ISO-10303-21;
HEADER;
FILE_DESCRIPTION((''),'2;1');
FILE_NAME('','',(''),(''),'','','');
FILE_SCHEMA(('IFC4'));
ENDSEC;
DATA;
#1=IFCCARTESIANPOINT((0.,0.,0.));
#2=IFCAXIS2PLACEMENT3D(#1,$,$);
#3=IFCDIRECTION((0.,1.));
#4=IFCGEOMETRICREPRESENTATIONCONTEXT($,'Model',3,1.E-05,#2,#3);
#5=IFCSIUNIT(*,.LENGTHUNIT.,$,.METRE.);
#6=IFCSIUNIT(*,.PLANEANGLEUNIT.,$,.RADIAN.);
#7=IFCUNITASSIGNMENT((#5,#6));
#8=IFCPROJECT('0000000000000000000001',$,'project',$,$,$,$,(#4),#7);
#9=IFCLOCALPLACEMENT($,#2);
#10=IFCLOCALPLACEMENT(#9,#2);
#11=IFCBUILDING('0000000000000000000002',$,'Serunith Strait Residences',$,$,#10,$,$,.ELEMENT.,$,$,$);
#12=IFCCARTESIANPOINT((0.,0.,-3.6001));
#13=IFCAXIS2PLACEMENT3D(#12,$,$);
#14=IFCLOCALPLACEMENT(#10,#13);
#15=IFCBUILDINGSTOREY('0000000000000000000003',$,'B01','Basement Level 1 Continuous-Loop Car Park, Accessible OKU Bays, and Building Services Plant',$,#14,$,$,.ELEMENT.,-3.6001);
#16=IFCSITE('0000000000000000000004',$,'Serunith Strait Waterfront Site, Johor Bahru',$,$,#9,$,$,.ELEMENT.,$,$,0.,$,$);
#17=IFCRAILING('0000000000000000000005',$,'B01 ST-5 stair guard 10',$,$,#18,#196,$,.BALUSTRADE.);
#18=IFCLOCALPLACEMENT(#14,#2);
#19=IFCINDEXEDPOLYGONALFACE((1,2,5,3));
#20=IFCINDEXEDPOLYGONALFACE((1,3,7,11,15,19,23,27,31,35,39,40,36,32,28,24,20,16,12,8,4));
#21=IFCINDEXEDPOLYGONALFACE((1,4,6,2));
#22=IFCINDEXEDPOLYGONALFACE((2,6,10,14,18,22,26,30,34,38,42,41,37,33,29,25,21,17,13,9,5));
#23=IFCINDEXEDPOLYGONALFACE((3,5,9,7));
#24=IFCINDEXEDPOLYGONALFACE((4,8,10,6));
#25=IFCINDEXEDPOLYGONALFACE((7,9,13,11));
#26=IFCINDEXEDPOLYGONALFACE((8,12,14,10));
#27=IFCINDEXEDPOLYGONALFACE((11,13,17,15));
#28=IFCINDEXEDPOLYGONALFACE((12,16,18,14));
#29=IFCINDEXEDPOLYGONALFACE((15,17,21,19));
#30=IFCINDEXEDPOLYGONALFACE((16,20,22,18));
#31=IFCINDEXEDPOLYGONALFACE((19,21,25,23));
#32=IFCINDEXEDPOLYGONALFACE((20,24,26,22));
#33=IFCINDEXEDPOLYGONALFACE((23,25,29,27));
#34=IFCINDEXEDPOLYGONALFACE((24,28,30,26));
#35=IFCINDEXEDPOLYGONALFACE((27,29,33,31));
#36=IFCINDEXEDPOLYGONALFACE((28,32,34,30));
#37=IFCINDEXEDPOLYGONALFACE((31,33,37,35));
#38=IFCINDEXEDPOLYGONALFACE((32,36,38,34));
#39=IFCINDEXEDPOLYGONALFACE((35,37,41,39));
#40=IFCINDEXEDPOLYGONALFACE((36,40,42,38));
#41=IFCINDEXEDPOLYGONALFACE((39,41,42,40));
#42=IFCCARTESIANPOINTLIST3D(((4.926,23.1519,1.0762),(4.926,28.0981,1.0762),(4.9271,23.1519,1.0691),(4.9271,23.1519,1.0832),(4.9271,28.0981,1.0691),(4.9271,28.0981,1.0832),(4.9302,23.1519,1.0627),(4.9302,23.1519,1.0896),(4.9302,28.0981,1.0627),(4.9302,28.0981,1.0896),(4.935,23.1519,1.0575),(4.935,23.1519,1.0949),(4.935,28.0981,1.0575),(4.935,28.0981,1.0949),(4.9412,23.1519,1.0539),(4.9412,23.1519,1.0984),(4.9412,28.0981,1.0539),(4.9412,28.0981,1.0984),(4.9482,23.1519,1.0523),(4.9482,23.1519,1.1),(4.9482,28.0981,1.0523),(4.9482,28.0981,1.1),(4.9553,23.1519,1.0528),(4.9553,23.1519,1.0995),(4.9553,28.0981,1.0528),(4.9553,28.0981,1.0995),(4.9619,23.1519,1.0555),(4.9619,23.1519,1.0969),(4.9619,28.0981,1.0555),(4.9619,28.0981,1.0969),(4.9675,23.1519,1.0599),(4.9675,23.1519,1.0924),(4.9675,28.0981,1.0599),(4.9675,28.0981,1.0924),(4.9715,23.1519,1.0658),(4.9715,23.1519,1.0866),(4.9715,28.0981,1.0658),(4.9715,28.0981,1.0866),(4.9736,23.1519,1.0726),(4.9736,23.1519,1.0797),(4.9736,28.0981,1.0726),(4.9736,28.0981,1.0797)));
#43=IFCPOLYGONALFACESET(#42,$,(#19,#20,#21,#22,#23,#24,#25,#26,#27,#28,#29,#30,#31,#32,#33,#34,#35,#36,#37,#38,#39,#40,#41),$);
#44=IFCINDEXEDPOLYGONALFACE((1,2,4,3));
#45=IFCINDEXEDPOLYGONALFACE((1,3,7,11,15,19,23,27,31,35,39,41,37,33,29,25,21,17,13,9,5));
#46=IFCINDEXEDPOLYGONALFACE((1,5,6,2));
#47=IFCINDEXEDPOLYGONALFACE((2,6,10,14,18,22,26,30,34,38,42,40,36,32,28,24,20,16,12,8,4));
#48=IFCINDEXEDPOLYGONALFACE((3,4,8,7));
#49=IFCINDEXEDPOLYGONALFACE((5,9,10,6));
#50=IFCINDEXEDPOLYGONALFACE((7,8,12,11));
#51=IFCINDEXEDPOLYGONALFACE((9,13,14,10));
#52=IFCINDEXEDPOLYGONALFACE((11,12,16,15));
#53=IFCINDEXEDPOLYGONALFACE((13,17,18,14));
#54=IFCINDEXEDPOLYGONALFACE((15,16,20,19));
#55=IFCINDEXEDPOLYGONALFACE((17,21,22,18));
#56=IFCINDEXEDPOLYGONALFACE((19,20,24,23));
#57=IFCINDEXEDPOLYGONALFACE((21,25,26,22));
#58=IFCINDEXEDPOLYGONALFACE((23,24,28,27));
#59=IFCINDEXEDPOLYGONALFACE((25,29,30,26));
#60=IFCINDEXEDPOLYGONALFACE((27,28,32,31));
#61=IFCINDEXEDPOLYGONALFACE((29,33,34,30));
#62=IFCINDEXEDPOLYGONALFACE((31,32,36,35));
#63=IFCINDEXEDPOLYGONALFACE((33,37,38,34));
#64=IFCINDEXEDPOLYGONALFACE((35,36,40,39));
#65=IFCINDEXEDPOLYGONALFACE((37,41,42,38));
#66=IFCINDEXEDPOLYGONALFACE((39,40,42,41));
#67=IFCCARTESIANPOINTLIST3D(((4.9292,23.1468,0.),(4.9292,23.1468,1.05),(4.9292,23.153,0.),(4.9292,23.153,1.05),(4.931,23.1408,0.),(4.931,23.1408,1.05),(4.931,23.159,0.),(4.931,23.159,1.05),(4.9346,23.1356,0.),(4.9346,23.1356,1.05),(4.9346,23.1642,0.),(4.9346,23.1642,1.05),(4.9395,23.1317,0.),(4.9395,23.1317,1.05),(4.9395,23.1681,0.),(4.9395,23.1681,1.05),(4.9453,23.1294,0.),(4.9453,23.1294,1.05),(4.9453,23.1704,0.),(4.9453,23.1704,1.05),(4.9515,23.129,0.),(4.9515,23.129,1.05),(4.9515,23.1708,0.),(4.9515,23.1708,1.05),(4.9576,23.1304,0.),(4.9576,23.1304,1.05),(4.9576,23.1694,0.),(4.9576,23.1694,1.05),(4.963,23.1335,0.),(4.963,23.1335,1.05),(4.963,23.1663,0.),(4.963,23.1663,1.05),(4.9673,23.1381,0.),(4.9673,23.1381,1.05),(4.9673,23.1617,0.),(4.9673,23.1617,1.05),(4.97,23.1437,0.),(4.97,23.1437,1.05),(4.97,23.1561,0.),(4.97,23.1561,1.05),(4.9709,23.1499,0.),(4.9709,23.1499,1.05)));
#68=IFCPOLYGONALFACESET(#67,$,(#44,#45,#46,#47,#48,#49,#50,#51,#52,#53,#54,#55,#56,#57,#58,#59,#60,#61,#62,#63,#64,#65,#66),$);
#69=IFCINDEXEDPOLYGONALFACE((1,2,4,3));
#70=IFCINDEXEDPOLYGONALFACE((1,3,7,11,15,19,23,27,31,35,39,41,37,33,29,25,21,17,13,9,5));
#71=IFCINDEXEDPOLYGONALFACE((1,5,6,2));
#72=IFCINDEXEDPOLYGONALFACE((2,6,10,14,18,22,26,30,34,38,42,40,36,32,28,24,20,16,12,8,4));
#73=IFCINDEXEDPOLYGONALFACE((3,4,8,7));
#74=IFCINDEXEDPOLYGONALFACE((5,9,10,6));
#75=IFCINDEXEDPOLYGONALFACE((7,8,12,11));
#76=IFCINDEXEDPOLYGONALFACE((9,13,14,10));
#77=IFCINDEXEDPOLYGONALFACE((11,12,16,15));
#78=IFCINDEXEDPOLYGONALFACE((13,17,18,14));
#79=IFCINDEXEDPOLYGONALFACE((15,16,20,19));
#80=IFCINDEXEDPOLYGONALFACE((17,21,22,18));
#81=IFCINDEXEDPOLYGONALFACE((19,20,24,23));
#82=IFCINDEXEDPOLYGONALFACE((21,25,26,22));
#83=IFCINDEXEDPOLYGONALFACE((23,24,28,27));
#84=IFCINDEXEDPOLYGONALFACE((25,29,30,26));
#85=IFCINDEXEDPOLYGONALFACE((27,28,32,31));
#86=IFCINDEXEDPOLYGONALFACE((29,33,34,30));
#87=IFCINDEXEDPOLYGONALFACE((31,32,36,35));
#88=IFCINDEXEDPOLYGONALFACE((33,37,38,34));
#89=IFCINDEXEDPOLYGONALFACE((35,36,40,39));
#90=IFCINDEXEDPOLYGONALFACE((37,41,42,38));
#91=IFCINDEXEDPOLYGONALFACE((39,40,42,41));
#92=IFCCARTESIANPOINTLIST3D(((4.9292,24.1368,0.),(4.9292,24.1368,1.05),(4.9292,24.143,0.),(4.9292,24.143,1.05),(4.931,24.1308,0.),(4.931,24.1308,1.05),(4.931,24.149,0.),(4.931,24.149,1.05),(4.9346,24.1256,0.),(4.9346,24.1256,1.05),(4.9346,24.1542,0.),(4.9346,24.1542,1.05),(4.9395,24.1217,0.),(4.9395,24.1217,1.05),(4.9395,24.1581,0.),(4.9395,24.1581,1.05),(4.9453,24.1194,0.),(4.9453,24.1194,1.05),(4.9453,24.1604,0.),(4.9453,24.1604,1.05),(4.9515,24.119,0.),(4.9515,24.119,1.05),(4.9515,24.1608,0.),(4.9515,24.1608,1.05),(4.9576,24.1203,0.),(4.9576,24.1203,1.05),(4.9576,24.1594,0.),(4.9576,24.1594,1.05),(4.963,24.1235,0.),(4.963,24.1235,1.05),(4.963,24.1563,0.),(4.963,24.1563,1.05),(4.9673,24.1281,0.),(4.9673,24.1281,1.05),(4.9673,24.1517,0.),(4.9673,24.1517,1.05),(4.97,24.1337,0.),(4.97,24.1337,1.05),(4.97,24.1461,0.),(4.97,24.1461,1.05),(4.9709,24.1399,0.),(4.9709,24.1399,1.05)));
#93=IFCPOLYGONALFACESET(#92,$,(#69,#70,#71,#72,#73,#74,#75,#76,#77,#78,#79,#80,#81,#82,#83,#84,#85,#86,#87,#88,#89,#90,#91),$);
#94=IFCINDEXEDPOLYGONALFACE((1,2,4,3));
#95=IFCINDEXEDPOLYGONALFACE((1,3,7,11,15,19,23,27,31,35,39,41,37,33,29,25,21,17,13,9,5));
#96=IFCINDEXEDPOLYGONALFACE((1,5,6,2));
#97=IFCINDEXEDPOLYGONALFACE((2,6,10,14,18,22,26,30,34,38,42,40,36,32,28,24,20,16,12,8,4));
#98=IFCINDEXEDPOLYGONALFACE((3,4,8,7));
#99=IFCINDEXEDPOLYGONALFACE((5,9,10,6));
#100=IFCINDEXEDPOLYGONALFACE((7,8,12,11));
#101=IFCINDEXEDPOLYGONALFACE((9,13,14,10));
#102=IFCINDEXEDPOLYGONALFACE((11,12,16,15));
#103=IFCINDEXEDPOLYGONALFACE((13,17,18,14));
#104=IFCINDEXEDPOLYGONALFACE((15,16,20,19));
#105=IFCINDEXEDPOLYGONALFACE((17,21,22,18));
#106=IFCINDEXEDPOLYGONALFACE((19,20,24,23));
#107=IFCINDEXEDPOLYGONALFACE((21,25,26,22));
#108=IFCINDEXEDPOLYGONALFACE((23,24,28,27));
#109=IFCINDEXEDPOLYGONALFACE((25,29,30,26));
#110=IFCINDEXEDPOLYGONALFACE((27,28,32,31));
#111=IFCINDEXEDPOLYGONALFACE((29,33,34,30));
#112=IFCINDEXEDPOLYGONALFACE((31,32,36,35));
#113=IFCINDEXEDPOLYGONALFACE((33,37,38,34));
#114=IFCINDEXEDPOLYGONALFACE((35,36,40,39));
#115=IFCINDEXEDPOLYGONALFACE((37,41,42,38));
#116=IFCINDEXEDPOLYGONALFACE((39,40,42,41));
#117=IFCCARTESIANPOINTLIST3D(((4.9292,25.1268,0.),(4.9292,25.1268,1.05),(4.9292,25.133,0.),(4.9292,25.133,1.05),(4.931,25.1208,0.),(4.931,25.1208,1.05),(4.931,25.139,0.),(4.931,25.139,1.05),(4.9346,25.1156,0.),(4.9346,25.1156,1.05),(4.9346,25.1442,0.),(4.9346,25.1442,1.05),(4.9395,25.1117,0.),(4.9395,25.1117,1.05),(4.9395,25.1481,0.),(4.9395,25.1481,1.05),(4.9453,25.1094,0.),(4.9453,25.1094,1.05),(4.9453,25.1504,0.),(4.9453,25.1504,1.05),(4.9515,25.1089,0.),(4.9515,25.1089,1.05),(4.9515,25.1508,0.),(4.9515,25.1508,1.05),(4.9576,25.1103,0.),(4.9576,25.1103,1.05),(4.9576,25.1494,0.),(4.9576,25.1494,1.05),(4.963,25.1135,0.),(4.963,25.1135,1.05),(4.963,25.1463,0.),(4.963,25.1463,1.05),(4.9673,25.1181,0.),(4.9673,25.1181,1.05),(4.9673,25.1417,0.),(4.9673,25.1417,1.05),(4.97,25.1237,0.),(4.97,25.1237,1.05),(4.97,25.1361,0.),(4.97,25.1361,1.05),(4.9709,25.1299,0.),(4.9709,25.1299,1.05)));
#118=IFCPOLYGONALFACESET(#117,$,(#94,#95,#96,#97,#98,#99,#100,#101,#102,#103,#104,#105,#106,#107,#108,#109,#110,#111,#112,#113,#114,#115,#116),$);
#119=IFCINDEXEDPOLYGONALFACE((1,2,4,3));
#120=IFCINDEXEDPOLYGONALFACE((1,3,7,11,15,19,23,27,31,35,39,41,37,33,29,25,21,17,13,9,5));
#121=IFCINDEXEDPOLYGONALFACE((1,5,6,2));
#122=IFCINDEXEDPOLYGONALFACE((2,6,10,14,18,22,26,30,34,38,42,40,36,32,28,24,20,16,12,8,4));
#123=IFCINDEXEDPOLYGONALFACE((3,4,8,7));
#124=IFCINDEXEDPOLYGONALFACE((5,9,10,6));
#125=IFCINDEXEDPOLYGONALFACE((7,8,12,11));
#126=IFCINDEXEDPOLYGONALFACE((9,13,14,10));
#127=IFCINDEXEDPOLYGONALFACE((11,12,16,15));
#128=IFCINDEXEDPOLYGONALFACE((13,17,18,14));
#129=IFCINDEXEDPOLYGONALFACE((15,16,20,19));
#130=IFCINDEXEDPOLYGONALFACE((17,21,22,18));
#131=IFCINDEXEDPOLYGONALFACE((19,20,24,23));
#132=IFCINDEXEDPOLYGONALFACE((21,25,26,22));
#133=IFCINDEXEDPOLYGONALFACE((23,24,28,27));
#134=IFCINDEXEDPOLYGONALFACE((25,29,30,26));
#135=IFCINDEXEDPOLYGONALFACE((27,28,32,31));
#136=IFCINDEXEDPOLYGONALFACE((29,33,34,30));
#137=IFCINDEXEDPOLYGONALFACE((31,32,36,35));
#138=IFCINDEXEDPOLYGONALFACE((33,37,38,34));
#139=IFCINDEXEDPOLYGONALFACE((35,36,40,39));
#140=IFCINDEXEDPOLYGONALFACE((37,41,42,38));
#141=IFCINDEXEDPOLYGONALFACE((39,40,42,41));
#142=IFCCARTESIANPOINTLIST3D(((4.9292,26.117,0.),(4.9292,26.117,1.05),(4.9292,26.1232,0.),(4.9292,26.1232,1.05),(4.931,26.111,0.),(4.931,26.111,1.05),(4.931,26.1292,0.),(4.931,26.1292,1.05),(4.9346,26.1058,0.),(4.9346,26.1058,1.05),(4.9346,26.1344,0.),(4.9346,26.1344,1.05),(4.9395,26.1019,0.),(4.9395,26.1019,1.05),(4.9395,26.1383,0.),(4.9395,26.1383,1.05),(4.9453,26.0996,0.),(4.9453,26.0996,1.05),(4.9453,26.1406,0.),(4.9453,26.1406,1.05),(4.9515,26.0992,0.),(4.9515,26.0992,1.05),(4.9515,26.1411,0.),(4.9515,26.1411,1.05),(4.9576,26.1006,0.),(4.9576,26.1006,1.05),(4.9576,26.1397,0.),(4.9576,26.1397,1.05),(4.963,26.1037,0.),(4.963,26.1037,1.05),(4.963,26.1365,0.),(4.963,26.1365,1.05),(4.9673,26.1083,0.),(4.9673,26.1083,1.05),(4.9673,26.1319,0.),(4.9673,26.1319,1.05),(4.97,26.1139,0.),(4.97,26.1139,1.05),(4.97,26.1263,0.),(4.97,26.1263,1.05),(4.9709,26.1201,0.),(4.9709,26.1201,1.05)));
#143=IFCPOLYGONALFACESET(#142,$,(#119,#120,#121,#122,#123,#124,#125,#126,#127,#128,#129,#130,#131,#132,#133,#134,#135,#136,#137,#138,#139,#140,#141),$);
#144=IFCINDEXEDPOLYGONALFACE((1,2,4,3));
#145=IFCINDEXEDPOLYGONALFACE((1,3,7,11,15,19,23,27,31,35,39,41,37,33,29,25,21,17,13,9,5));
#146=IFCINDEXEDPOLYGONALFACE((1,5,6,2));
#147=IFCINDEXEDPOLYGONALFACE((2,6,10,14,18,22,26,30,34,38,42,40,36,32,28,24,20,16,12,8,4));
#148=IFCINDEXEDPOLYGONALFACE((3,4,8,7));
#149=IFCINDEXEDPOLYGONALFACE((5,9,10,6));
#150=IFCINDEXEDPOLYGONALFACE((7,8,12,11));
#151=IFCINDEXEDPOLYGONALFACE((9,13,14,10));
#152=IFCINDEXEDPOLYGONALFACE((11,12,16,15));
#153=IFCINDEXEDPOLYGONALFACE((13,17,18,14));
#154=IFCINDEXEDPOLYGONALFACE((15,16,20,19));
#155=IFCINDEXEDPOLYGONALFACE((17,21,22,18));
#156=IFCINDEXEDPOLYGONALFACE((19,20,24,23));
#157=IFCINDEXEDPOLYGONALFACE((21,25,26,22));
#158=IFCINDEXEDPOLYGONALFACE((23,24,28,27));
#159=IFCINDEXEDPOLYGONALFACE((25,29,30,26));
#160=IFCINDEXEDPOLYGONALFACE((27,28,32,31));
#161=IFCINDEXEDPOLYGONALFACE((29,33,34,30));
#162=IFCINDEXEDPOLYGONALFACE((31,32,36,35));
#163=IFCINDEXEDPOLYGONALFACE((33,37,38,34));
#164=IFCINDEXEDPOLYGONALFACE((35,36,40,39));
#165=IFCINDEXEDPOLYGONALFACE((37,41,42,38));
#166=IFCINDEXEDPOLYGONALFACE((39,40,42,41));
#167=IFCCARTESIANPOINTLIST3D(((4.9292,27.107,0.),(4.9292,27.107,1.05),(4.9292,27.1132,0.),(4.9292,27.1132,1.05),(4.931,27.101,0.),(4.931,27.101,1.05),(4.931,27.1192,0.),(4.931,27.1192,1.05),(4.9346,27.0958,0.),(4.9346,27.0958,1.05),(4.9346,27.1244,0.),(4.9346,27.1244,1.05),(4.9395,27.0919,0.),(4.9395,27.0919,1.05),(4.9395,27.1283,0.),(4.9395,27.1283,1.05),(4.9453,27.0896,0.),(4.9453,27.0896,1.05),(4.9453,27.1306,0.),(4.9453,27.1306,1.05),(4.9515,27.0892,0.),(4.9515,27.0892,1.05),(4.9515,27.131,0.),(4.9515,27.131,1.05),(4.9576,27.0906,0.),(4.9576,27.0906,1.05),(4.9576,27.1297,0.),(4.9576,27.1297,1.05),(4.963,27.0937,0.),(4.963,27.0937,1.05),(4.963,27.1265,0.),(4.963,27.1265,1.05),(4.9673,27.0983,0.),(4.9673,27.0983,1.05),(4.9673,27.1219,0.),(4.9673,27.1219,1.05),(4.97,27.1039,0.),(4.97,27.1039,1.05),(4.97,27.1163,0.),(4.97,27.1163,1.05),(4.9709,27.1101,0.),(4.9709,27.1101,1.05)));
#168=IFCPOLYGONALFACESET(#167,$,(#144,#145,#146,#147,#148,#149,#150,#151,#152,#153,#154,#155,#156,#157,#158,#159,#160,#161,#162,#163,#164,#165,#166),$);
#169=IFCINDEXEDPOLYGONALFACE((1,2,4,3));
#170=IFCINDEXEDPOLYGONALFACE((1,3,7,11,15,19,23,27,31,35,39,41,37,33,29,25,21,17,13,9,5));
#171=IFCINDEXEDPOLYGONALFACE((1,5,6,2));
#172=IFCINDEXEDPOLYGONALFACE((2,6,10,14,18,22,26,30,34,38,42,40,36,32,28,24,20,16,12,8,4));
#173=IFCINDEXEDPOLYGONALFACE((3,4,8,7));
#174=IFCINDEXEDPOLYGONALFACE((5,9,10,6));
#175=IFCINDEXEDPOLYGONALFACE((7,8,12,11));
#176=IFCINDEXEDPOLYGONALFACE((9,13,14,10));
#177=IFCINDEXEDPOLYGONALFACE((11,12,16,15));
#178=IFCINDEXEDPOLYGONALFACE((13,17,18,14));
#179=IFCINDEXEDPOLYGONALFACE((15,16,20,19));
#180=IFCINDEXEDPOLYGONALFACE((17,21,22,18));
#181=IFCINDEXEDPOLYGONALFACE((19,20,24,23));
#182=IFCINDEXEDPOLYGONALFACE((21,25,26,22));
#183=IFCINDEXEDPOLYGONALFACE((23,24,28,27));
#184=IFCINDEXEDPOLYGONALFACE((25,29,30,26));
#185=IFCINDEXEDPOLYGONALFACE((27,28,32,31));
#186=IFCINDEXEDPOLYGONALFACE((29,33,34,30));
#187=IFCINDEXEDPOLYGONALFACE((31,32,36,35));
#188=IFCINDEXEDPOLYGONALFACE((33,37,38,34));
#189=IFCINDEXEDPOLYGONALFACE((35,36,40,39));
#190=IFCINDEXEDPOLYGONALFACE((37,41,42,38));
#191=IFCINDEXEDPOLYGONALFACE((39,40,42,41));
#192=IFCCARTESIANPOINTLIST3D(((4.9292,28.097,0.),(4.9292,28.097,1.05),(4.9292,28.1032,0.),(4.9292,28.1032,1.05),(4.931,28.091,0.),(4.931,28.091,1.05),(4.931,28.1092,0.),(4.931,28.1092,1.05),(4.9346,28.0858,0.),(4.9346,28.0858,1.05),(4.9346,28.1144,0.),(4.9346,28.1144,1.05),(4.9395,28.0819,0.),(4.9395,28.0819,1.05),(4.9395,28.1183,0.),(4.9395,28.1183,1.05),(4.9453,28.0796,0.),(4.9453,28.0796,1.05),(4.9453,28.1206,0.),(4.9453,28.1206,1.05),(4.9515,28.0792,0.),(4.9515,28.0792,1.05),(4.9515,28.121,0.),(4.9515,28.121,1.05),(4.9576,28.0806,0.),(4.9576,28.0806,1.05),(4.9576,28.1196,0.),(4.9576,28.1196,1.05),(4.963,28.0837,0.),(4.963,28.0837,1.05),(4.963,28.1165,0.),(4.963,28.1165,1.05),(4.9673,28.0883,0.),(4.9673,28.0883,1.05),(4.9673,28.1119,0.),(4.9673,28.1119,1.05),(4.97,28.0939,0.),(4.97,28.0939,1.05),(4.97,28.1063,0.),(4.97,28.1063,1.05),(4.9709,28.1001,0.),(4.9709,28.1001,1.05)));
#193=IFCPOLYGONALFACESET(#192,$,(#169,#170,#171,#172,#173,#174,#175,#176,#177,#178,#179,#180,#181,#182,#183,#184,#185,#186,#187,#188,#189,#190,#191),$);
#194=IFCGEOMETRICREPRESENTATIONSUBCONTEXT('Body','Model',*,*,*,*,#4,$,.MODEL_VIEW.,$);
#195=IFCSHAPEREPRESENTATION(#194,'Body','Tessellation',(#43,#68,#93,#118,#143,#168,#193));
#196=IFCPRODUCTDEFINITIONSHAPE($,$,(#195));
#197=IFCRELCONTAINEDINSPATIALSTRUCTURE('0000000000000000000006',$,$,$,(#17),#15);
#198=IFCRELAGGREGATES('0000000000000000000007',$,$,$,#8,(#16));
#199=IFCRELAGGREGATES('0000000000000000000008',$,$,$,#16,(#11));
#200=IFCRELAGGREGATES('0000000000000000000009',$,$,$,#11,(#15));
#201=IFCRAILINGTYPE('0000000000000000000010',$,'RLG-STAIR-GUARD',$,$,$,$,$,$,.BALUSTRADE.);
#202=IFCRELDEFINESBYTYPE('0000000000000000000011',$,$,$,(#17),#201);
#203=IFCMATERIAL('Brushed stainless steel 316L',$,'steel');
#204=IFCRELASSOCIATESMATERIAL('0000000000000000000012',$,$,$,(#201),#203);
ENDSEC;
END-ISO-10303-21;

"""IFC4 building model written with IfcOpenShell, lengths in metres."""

from ifc_helpers import new_model, si_unit, direction, frame, origin, origin_2d, place, context, subcontext, project, spatial, circle, extrude, material, type_object, element, save


model = new_model("IFC4")

# Units and contexts
model_context = context("Model", 3, precision=1e-05, world=origin(), true_north=direction((0.0, 1.0)))
body_context = subcontext(model_context, "Body", "Model", "MODEL_VIEW")
ifc_project = project(units=[si_unit("LENGTHUNIT", "METRE"), si_unit("PLANEANGLEUNIT", "RADIAN")], contexts=[model_context])

# Site, building, storey
site_placement = place(None, origin())
site = spatial("IfcSite", under=ifc_project, at=site_placement, Name="Serunith Strait Waterfront Site, Johor Bahru", CompositionType="ELEMENT", RefElevation=0.0)
building_placement = place(site_placement, origin())
building = spatial("IfcBuilding", under=site, at=building_placement, Name="Serunith Strait Residences", CompositionType="ELEMENT")
storey_placement = place(building_placement, frame((0.0, 0.0, -3.6001)))
storey = spatial("IfcBuildingStorey", under=building, at=storey_placement, Name="B01", Description="Basement Level 1 Continuous-Loop Car Park, Accessible OKU Bays, and Building Services Plant", CompositionType="ELEMENT", Elevation=-3.6001)

# Railing
ifc_material_1 = material(Name="Brushed stainless steel 316L", Category="steel")
railing_type_1 = type_object("IfcRailingType", Name="RLG-STAIR-GUARD", PredefinedType="BALUSTRADE", material=ifc_material_1)
for number, where, name in (
    (1, (4.95, 23.1499, 0.0), "B01 ST-5 stair guard 10"),
):
    element("IfcRailing", number, at=place(storey_placement, frame(where)), inside=storey, type_object=railing_type_1, Name=name, PredefinedType="BALUSTRADE", context=body_context, shape_type="SweptSolid", body=[
        extrude(circle(Radius=0.0239, at=origin_2d()), frame((0.0, 0.002, 1.0762), z_axis=(0.0, 1.0, 0.0), x_axis=(-1.0, 0.0, 0.0)), (0.0, 0.0, 1.0), 4.9463),
        extrude(circle(Radius=0.021, at=origin_2d()), origin(), (0.0, 0.0, 1.0), 1.05),
        extrude(circle(Radius=0.021, at=origin_2d()), frame((0.0, 0.99, 0.0)), (0.0, 0.0, 1.0), 1.05),
        extrude(circle(Radius=0.021, at=origin_2d()), frame((0.0, 1.98, 0.0)), (0.0, 0.0, 1.0), 1.05),
        extrude(circle(Radius=0.021, at=origin_2d()), frame((0.0, 2.9702, 0.0)), (0.0, 0.0, 1.0), 1.05),
        extrude(circle(Radius=0.021, at=origin_2d()), frame((0.0, 3.9602, 0.0)), (0.0, 0.0, 1.0), 1.05),
        extrude(circle(Radius=0.021, at=origin_2d()), frame((0.0, 4.9502, 0.0)), (0.0, 0.0, 1.0), 1.05),
    ])

save(model, "model.ifc")
